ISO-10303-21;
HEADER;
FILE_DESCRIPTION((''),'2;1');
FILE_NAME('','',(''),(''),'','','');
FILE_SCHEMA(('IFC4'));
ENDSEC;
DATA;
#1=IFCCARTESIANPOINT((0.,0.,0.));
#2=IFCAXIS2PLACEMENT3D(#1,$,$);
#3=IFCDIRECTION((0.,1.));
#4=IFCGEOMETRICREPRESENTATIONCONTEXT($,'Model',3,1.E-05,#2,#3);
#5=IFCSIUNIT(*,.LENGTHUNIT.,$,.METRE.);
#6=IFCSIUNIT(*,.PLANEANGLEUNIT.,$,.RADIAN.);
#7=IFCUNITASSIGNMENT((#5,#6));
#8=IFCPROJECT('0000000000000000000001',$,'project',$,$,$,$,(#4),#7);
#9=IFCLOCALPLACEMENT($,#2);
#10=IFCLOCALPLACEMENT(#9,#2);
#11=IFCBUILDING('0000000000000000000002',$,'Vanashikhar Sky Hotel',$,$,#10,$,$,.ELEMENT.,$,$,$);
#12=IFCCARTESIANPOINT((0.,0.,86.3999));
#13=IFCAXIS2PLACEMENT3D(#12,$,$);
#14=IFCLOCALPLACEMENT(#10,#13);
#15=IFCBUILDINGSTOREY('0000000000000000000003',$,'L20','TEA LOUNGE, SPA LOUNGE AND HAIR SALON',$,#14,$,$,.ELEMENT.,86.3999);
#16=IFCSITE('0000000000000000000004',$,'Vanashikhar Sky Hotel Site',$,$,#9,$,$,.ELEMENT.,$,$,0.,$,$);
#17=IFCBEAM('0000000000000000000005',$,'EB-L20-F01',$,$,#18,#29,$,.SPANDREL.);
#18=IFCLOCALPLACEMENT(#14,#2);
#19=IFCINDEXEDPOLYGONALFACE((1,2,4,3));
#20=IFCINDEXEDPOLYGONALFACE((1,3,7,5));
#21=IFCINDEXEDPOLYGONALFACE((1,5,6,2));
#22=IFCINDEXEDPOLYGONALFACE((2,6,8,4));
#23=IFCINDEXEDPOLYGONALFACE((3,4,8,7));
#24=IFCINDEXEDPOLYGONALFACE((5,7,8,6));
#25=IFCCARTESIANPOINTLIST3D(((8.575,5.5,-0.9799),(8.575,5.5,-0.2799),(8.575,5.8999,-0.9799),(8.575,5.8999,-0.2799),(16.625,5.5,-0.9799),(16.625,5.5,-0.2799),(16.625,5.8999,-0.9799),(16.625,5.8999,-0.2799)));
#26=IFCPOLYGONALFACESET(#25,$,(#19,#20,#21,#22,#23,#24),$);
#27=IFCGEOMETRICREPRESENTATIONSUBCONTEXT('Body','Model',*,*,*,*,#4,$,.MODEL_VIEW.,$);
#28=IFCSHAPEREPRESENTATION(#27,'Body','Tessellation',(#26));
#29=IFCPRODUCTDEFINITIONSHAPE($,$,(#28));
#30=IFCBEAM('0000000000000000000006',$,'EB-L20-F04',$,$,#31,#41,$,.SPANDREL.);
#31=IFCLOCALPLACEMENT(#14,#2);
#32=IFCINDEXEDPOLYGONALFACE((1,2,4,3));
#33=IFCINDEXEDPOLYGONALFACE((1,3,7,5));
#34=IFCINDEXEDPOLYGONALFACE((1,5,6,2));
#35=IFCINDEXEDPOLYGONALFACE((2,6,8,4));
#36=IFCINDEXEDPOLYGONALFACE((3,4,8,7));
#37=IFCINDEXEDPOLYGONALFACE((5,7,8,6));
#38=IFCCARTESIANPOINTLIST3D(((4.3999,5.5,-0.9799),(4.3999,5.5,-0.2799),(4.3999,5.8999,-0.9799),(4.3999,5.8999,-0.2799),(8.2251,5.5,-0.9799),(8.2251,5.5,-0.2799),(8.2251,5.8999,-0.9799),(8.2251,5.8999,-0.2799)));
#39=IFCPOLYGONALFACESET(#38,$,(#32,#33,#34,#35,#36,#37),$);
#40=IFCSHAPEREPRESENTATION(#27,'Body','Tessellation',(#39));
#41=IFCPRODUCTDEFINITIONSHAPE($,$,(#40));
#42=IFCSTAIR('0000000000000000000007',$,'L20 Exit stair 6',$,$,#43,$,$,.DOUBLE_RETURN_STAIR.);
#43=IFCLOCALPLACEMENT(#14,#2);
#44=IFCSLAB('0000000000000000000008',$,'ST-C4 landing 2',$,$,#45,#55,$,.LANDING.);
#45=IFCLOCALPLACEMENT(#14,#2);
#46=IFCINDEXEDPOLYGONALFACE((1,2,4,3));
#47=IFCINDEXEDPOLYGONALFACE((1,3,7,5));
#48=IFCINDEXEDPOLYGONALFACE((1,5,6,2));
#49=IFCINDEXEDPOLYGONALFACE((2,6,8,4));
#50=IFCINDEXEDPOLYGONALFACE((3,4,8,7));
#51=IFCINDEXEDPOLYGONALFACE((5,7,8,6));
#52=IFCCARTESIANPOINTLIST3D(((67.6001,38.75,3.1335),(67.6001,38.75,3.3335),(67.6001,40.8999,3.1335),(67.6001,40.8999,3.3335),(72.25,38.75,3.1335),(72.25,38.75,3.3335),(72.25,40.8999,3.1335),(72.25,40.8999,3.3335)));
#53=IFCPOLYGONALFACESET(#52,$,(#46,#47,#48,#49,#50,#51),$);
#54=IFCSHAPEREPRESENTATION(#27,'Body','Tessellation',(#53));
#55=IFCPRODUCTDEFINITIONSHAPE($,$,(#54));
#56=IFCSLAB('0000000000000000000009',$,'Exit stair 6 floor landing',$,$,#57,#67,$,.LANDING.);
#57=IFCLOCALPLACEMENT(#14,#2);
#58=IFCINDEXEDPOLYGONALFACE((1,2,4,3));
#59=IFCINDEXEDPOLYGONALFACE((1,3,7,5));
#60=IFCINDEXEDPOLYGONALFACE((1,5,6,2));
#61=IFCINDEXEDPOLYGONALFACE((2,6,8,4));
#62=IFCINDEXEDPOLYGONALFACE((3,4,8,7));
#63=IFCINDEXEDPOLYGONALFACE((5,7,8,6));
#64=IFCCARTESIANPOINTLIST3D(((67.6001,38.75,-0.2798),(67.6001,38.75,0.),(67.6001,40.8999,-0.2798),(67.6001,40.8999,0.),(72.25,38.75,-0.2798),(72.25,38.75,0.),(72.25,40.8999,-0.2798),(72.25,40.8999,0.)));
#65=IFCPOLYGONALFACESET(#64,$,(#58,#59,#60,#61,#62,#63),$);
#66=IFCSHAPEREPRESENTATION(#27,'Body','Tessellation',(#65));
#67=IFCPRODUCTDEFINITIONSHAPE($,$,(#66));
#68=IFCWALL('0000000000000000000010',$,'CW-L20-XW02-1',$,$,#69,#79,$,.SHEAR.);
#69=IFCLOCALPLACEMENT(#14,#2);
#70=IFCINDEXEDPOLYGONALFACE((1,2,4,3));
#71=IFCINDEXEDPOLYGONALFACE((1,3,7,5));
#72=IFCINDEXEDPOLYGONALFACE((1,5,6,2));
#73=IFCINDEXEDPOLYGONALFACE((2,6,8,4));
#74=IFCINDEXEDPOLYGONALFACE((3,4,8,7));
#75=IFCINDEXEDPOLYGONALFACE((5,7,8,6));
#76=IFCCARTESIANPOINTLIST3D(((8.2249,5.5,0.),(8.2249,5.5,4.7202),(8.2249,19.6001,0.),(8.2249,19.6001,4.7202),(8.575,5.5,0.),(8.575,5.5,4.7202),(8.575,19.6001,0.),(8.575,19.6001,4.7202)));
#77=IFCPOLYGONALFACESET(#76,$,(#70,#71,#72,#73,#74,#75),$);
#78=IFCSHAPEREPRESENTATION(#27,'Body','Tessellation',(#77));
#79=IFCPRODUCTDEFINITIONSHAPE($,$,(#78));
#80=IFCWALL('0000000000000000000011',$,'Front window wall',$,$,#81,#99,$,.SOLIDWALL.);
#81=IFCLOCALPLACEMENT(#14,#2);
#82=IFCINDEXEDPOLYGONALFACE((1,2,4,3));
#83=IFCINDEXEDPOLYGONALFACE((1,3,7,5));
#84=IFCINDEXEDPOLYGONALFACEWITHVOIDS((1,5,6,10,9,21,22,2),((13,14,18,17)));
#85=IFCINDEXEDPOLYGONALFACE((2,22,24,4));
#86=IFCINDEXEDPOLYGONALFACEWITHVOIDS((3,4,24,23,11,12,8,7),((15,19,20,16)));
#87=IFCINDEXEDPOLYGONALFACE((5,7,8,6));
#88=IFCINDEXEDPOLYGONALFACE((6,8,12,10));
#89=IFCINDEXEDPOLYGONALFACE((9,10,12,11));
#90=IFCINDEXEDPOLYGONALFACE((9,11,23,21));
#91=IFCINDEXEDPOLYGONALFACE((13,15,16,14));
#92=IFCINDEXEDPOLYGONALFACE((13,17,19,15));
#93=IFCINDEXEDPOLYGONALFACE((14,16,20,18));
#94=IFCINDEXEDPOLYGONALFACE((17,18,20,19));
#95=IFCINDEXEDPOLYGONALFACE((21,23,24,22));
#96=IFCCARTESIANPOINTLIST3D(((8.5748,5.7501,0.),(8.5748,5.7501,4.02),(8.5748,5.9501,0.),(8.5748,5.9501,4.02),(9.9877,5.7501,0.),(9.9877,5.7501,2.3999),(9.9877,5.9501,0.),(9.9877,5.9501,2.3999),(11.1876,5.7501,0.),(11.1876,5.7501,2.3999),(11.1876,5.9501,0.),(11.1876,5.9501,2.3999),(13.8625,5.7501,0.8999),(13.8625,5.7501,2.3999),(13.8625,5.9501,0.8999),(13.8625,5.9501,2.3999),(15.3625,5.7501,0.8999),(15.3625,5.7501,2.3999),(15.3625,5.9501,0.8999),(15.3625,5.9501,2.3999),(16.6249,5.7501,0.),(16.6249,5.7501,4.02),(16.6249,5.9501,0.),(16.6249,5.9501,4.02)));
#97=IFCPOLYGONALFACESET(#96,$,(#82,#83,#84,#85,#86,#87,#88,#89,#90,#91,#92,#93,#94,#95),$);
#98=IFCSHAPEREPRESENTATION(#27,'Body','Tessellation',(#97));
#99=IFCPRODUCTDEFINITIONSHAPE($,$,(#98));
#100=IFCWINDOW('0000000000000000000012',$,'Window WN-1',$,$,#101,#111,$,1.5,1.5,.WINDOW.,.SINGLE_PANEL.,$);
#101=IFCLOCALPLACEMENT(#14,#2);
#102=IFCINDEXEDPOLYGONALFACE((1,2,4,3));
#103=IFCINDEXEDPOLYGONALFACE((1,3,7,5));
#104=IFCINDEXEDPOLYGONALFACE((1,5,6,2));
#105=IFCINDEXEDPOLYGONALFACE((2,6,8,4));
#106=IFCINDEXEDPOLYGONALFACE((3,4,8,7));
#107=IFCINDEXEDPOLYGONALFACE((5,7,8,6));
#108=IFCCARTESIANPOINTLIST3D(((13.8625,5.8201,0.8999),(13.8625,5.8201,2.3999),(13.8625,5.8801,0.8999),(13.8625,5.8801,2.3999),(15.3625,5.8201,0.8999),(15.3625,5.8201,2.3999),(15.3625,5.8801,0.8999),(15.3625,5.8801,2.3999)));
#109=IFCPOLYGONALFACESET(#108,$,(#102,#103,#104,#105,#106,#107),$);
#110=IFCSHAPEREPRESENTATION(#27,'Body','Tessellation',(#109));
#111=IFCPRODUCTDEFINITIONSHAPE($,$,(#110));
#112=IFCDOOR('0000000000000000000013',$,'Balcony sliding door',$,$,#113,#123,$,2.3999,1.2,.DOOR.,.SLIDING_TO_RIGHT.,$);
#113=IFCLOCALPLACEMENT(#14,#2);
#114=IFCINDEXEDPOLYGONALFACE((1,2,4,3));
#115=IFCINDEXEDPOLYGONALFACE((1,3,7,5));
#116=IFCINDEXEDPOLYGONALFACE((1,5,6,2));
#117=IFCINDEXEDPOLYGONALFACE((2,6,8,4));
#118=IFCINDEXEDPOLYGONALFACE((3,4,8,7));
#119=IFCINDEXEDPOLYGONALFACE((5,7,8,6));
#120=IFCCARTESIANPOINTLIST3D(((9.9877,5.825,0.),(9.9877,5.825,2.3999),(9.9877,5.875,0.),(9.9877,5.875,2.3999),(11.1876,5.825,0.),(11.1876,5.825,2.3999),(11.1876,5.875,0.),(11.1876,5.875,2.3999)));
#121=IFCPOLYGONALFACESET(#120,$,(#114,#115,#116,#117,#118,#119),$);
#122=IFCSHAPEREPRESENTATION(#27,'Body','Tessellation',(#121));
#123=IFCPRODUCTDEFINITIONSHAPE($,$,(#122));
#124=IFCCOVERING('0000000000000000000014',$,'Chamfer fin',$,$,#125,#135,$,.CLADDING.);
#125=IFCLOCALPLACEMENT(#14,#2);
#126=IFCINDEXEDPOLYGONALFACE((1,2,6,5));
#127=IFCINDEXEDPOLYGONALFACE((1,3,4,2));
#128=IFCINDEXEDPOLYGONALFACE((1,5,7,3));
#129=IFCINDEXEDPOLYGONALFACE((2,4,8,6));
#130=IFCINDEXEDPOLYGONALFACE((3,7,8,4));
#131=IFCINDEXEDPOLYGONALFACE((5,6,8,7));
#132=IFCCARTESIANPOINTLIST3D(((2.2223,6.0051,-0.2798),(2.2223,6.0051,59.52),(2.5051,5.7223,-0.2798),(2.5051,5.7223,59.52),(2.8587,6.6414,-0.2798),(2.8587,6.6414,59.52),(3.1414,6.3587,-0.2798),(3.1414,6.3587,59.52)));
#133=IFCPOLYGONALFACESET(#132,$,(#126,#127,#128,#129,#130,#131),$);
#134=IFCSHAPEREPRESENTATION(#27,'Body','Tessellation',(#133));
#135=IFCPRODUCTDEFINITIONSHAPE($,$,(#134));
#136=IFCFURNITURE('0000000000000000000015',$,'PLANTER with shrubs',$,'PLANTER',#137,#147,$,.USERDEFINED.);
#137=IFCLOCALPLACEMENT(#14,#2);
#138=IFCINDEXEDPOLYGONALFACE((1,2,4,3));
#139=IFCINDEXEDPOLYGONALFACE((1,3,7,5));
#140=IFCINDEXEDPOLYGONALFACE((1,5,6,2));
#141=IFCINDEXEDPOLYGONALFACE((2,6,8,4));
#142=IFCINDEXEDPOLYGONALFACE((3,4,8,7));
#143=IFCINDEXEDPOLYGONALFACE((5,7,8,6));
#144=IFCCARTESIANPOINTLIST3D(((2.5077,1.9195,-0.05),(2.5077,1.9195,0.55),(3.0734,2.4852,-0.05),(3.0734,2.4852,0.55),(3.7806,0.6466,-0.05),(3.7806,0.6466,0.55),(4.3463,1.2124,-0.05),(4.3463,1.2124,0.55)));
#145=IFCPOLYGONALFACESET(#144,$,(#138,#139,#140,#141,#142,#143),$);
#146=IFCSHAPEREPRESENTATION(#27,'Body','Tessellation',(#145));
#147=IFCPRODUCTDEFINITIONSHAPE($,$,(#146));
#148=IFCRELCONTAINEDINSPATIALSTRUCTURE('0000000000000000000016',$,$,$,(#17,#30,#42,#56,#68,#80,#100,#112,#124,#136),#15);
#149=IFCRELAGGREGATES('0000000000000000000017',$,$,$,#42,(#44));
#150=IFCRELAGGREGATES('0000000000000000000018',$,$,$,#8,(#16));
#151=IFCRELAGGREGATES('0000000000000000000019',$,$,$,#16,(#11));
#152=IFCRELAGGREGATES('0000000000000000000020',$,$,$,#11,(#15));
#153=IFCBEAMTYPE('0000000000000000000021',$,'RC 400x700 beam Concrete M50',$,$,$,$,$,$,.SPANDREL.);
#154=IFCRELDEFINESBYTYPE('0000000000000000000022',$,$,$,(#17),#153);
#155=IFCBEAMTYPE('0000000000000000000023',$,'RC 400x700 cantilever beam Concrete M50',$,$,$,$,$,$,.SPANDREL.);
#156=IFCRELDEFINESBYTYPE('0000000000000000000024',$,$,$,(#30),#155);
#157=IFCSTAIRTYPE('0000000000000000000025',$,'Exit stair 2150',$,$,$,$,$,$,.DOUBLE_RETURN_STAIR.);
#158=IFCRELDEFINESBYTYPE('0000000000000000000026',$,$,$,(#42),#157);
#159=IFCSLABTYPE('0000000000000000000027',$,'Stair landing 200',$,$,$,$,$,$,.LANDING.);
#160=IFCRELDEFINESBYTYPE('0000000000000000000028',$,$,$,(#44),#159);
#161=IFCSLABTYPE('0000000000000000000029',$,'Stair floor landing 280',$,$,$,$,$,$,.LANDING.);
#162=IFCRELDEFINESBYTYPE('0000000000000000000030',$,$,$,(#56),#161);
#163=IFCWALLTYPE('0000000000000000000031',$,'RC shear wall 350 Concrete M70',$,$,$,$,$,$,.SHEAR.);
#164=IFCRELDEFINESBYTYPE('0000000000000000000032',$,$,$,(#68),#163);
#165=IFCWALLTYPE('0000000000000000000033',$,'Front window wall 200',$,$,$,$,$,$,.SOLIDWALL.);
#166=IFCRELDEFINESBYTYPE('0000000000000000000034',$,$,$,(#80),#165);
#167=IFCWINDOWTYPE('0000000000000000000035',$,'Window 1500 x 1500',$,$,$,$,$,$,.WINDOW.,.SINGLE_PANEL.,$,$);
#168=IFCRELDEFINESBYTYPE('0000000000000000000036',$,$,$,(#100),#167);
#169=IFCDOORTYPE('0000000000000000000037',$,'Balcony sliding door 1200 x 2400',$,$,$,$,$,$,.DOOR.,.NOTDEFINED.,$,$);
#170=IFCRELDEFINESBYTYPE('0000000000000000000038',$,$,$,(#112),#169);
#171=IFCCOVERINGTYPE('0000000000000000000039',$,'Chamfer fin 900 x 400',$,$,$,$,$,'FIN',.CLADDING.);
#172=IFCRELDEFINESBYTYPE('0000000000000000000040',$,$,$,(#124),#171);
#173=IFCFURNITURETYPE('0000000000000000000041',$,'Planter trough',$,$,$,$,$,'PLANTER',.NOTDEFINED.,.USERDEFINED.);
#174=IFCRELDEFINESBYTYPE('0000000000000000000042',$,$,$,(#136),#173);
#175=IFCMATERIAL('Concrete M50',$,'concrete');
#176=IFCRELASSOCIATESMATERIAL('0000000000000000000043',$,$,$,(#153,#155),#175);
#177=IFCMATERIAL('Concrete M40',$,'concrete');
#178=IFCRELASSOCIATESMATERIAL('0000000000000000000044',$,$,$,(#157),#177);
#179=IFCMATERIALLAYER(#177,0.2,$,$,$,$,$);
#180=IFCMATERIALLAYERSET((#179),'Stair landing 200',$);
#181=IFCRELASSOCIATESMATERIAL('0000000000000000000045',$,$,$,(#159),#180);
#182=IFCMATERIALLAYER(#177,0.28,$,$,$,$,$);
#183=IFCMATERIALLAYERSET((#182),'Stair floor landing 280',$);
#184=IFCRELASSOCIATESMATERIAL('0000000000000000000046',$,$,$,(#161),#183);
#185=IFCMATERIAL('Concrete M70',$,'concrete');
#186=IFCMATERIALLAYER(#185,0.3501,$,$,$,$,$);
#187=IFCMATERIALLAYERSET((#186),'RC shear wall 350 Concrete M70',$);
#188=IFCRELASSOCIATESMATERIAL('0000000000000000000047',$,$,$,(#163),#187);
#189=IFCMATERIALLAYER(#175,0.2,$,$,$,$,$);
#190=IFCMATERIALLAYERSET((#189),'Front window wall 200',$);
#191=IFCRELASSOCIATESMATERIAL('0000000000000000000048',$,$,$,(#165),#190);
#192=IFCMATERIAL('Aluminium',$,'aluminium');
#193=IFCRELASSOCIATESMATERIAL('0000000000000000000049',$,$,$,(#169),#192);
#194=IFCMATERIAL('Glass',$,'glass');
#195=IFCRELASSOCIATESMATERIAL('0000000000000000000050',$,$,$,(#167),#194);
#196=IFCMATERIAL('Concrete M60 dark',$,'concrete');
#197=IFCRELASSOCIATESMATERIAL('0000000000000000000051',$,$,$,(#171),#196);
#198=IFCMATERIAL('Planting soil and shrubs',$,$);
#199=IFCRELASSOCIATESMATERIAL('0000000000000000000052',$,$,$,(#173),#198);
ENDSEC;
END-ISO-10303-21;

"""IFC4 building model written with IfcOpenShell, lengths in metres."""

from ifc_helpers import new_model, si_unit, direction, frame, frame_2d, origin, origin_2d, place, context, subcontext, project, spatial, polyline, rectangle, outline, extrude, source, transform, mapped, material, layer, layer_set, material_profile, profile_set, type_object, element, fill, aggregate, save


model = new_model("IFC4")

# Units and contexts
model_context = context("Model", 3, precision=1e-05, world=origin(), true_north=direction((0.0, 1.0)))
body_context = subcontext(model_context, "Body", "Model", "MODEL_VIEW")
ifc_project = project(units=[si_unit("LENGTHUNIT", "METRE"), si_unit("PLANEANGLEUNIT", "RADIAN")], contexts=[model_context])

# Site, building, storey
site_placement = place(None, origin())
site = spatial("IfcSite", under=ifc_project, at=site_placement, Name="Vanashikhar Sky Hotel Site", CompositionType="ELEMENT", RefElevation=0.0)
building_placement = place(site_placement, origin())
building = spatial("IfcBuilding", under=site, at=building_placement, Name="Vanashikhar Sky Hotel", CompositionType="ELEMENT")
storey_placement = place(building_placement, frame((0.0, 0.0, 86.3999)))
storey = spatial("IfcBuildingStorey", under=building, at=storey_placement, Name="L20", Description="TEA LOUNGE, SPA LOUNGE AND HAIR SALON", CompositionType="ELEMENT", Elevation=86.3999)

# Beams
ifc_material_1 = material(Name="Concrete M50", Category="concrete")
ifc_material_profile_1 = material_profile(ifc_material_1, rectangle(XDim=0.3999, YDim=0.7, at=origin_2d()))
ifc_profile_set_1 = profile_set([ifc_material_profile_1], Name="RC 400x700 beam Concrete M50")
beam_type_1 = type_object("IfcBeamType", Name="RC 400x700 beam Concrete M50", PredefinedType="SPANDREL", material=ifc_profile_set_1)
shared_shape_1 = source(origin(), body_context, "Body", "SweptSolid", [
    extrude(rectangle(XDim=0.3999, YDim=0.7, at=origin_2d()), origin(), (0.0, 0.0, 1.0), 8.05),
])
beam_1_placement = place(storey_placement, frame((8.575, 5.7, -0.6299), z_axis=(1.0, 0.0, 0.0), x_axis=(0.0, 1.0, 0.0)))
element("IfcBeam", 1, at=beam_1_placement, inside=storey, type_object=beam_type_1, Name="EB-L20-F01", PredefinedType="SPANDREL", context=body_context, shape_type="MappedRepresentation", body=[
    mapped(shared_shape_1, transform((0.0, 0.0, 0.0), scale=1.0)),
])
ifc_material_profile_2 = material_profile(ifc_material_1, rectangle(XDim=0.3999, YDim=0.7, at=origin_2d()))
ifc_profile_set_2 = profile_set([ifc_material_profile_2], Name="RC 400x700 cantilever beam Concrete M50")
beam_type_2 = type_object("IfcBeamType", Name="RC 400x700 cantilever beam Concrete M50", PredefinedType="SPANDREL", material=ifc_profile_set_2)
shared_shape_2 = source(origin(), body_context, "Body", "SweptSolid", [
    extrude(rectangle(XDim=0.3999, YDim=0.7, at=origin_2d()), origin(), (0.0, 0.0, 1.0), 3.8252),
])
beam_2_placement = place(storey_placement, frame((4.3999, 5.7, -0.6299), z_axis=(1.0, 0.0, 0.0), x_axis=(0.0, 1.0, 0.0)))
element("IfcBeam", 2, at=beam_2_placement, inside=storey, type_object=beam_type_2, Name="EB-L20-F04", PredefinedType="SPANDREL", context=body_context, shape_type="MappedRepresentation", body=[
    mapped(shared_shape_2, transform((0.0, 0.0, 0.0), scale=1.0)),
])

# Stair, slab
ifc_material_2 = material(Name="Concrete M40", Category="concrete")
stair_type = type_object("IfcStairType", Name="Exit stair 2150", PredefinedType="DOUBLE_RETURN_STAIR", material=ifc_material_2)
stair_placement = place(storey_placement, origin())
stair = element("IfcStair", 3, at=stair_placement, inside=storey, type_object=stair_type, Name="L20 Exit stair 6", PredefinedType="DOUBLE_RETURN_STAIR")
ifc_layer_1 = layer(ifc_material_2, 0.2)
ifc_layer_set_1 = layer_set([ifc_layer_1], Name="Stair landing 200")
slab_type_1 = type_object("IfcSlabType", Name="Stair landing 200", PredefinedType="LANDING", material=ifc_layer_set_1)
shared_shape_3 = source(origin(), body_context, "Body", "SweptSolid", [
    extrude(outline(polyline([(72.25, 38.75), (72.25, 40.8999), (67.6001, 40.8999), (67.6001, 38.75), (72.25, 38.75)])), origin(), (0.0, 0.0, 1.0), 0.2),
])
slab_1_placement = place(storey_placement, frame((0.0, 0.0, 3.1335)))
slab_1 = element("IfcSlab", 4, at=slab_1_placement, type_object=slab_type_1, Name="ST-C4 landing 2", PredefinedType="LANDING", context=body_context, shape_type="MappedRepresentation", body=[
    mapped(shared_shape_3, transform((0.0, 0.0, 0.0), scale=1.0)),
])
aggregate(stair, [slab_1])

# Slab
ifc_layer_2 = layer(ifc_material_2, 0.28)
ifc_layer_set_2 = layer_set([ifc_layer_2], Name="Stair floor landing 280")
slab_type_2 = type_object("IfcSlabType", Name="Stair floor landing 280", PredefinedType="LANDING", material=ifc_layer_set_2)
shared_shape_4 = source(origin(), body_context, "Body", "SweptSolid", [
    extrude(outline(polyline([(72.25, 38.75), (72.25, 40.8999), (67.6001, 40.8999), (67.6001, 38.75), (72.25, 38.75)])), origin(), (0.0, 0.0, 1.0), 0.2798),
])
slab_2_placement = place(storey_placement, frame((0.0, 0.0, -0.2798)))
element("IfcSlab", 5, at=slab_2_placement, inside=storey, type_object=slab_type_2, Name="Exit stair 6 floor landing", PredefinedType="LANDING", context=body_context, shape_type="MappedRepresentation", body=[
    mapped(shared_shape_4, transform((0.0, 0.0, 0.0), scale=1.0)),
])

# Wall
ifc_material_3 = material(Name="Concrete M70", Category="concrete")
ifc_layer_3 = layer(ifc_material_3, 0.3501)
ifc_layer_set_3 = layer_set([ifc_layer_3], Name="RC shear wall 350 Concrete M70")
wall_type_1 = type_object("IfcWallType", Name="RC shear wall 350 Concrete M70", PredefinedType="SHEAR", material=ifc_layer_set_3)
shared_shape_5 = source(origin(), body_context, "Body", "SweptSolid", [
    extrude(rectangle(XDim=14.1001, YDim=0.3501, at=frame_2d((7.05, 0.0))), origin(), (0.0, 0.0, 1.0), 4.7202),
])
wall_1_placement = place(storey_placement, frame((8.3999, 5.5, 0.0), z_axis=(0.0, 0.0, 1.0), x_axis=(0.0, 1.0, 0.0)))
element("IfcWall", 6, at=wall_1_placement, inside=storey, type_object=wall_type_1, Name="CW-L20-XW02-1", PredefinedType="SHEAR", context=body_context, shape_type="MappedRepresentation", body=[
    mapped(shared_shape_5, transform((0.0, 0.0, 0.0), scale=1.0)),
])

# Shared definitions
ifc_layer_4 = layer(ifc_material_1, 0.2)
ifc_layer_set_4 = layer_set([ifc_layer_4], Name="Front window wall 200")
wall_type_2 = type_object("IfcWallType", Name="Front window wall 200", PredefinedType="SOLIDWALL", material=ifc_layer_set_4)
shared_shape_6 = source(origin(), body_context, "Body", "SweptSolid", [
    extrude(rectangle(XDim=1.2, YDim=2.3999, at=frame_2d((0.6001, 1.2))), frame((0.0, 0.1099, 0.0), z_axis=(0.0, -1.0, 0.0), x_axis=(1.0, 0.0, 0.0)), (0.0, 0.0, 1.0), 0.22),
])
ifc_material_4 = material(Name="Aluminium", Category="aluminium")
door_type = type_object("IfcDoorType", Name="Balcony sliding door 1200 x 2400", OperationType="NOTDEFINED", PredefinedType="DOOR", material=ifc_material_4)
shared_shape_7 = source(origin(), body_context, "Body", "SweptSolid", [
    extrude(rectangle(XDim=1.2, YDim=2.3999, at=frame_2d((0.6001, 1.2))), frame((0.0, 0.0249, 0.0), z_axis=(0.0, -1.0, 0.0), x_axis=(1.0, 0.0, 0.0)), (0.0, 0.0, 1.0), 0.05),
])

# Wall, openings, window, door
shared_shape_8 = source(origin(), body_context, "Body", "SweptSolid", [
    extrude(rectangle(XDim=8.05, YDim=0.2, at=frame_2d((4.0249, 0.0))), origin(), (0.0, 0.0, 1.0), 4.02),
])
wall_2_placement = place(storey_placement, frame((8.575, 5.8501, 0.0), z_axis=(0.0, 0.0, 1.0), x_axis=(1.0, 0.0, 0.0)))
wall_2 = element("IfcWall", 7, at=wall_2_placement, inside=storey, type_object=wall_type_2, Name="Front window wall", PredefinedType="SOLIDWALL", context=body_context, shape_type="MappedRepresentation", body=[
    mapped(shared_shape_8, transform((0.0, 0.0, 0.0), scale=1.0)),
])
shared_shape_9 = source(origin(), body_context, "Body", "SweptSolid", [
    extrude(rectangle(XDim=1.5, YDim=1.5, at=frame_2d((0.75, 0.75))), frame((0.0, 0.1099, 0.0), z_axis=(0.0, -1.0, 0.0), x_axis=(1.0, 0.0, 0.0)), (0.0, 0.0, 1.0), 0.22),
])
opening_1_placement = place(wall_2_placement, frame((5.2876, 0.0, 0.8999)))
opening_1 = element("IfcOpeningElement", 8, at=opening_1_placement, cuts=wall_2, PredefinedType="OPENING", context=body_context, shape_type="MappedRepresentation", body=[
    mapped(shared_shape_9, transform((0.0, 0.0, 0.0), scale=1.0)),
])
opening_2_placement = place(wall_2_placement, frame((1.4126, 0.0, 0.0)))
opening_2 = element("IfcOpeningElement", 9, at=opening_2_placement, cuts=wall_2, PredefinedType="OPENING", context=body_context, shape_type="MappedRepresentation", body=[
    mapped(shared_shape_6, transform((0.0, 0.0, 0.0), scale=1.0)),
])
ifc_material_5 = material(Name="Glass", Category="glass")
window_type = type_object("IfcWindowType", Name="Window 1500 x 1500", PartitioningType="SINGLE_PANEL", PredefinedType="WINDOW", material=ifc_material_5)
shared_shape_10 = source(origin(), body_context, "Body", "SweptSolid", [
    extrude(rectangle(XDim=1.5, YDim=1.5, at=frame_2d((0.75, 0.75))), frame((0.0, 0.03, 0.0), z_axis=(0.0, -1.0, 0.0), x_axis=(1.0, 0.0, 0.0)), (0.0, 0.0, 1.0), 0.0601),
])
window_placement = place(opening_1_placement, origin())
window = element("IfcWindow", 10, at=window_placement, inside=storey, type_object=window_type, Name="Window WN-1", OverallHeight=1.5, OverallWidth=1.5, PartitioningType="SINGLE_PANEL", PredefinedType="WINDOW", context=body_context, shape_type="MappedRepresentation", body=[
    mapped(shared_shape_10, transform((0.0, 0.0, 0.0), scale=1.0)),
])
fill(opening_1, window)
door_1_placement = place(opening_2_placement, origin())
door_1 = element("IfcDoor", 11, at=door_1_placement, inside=storey, type_object=door_type, Name="Balcony sliding door", OperationType="SLIDING_TO_RIGHT", OverallHeight=2.3999, OverallWidth=1.2, PredefinedType="DOOR", context=body_context, shape_type="MappedRepresentation", body=[
    mapped(shared_shape_7, transform((0.0, 0.0, 0.0), scale=1.0)),
])
fill(opening_2, door_1)

# Covering
ifc_material_6 = material(Name="Concrete M60 dark", Category="concrete")
ifc_material_profile_3 = material_profile(ifc_material_6, rectangle(XDim=0.8999, YDim=0.3999, at=origin_2d()))
ifc_profile_set_3 = profile_set([ifc_material_profile_3], Name="Chamfer fin 900 x 400")
covering_type = type_object("IfcCoveringType", Name="Chamfer fin 900 x 400", ElementType="FIN", PredefinedType="CLADDING", material=ifc_profile_set_3)
shared_shape_11 = source(origin(), body_context, "Body", "SweptSolid", [
    extrude(rectangle(XDim=0.8999, YDim=0.3999, at=origin_2d()), origin(), (0.0, 0.0, 1.0), 59.7998),
])
covering_placement = place(storey_placement, frame((2.6819, 6.1819, -0.2798), z_axis=(0.0, 0.0, 1.0), x_axis=(-0.707107, -0.707107, 0.0)))
element("IfcCovering", 12, at=covering_placement, inside=storey, type_object=covering_type, Name="Chamfer fin", PredefinedType="CLADDING", context=body_context, shape_type="MappedRepresentation", body=[
    mapped(shared_shape_11, transform((0.0, 0.0, 0.0), scale=1.0)),
])

# Furniture
ifc_material_7 = material(Name="Planting soil and shrubs")
furniture_type = type_object("IfcFurnitureType", Name="Planter trough", ElementType="PLANTER", AssemblyPlace="NOTDEFINED", PredefinedType="USERDEFINED", material=ifc_material_7)
shared_shape_12 = source(origin(), body_context, "Body", "SweptSolid", [
    extrude(rectangle(XDim=1.8, YDim=0.8, at=origin_2d()), origin(), (0.0, 0.0, 1.0), 0.6001),
])
furniture_placement = place(storey_placement, frame((3.427, 1.5659, -0.05), z_axis=(0.0, 0.0, 1.0), x_axis=(-0.707107, 0.707107, 0.0)))
element("IfcFurniture", 13, at=furniture_placement, inside=storey, type_object=furniture_type, Name="PLANTER with shrubs", ObjectType="PLANTER", PredefinedType="USERDEFINED", context=body_context, shape_type="MappedRepresentation", body=[
    mapped(shared_shape_12, transform((0.0, 0.0, 0.0), scale=1.0)),
])

save(model, "model.ifc")
